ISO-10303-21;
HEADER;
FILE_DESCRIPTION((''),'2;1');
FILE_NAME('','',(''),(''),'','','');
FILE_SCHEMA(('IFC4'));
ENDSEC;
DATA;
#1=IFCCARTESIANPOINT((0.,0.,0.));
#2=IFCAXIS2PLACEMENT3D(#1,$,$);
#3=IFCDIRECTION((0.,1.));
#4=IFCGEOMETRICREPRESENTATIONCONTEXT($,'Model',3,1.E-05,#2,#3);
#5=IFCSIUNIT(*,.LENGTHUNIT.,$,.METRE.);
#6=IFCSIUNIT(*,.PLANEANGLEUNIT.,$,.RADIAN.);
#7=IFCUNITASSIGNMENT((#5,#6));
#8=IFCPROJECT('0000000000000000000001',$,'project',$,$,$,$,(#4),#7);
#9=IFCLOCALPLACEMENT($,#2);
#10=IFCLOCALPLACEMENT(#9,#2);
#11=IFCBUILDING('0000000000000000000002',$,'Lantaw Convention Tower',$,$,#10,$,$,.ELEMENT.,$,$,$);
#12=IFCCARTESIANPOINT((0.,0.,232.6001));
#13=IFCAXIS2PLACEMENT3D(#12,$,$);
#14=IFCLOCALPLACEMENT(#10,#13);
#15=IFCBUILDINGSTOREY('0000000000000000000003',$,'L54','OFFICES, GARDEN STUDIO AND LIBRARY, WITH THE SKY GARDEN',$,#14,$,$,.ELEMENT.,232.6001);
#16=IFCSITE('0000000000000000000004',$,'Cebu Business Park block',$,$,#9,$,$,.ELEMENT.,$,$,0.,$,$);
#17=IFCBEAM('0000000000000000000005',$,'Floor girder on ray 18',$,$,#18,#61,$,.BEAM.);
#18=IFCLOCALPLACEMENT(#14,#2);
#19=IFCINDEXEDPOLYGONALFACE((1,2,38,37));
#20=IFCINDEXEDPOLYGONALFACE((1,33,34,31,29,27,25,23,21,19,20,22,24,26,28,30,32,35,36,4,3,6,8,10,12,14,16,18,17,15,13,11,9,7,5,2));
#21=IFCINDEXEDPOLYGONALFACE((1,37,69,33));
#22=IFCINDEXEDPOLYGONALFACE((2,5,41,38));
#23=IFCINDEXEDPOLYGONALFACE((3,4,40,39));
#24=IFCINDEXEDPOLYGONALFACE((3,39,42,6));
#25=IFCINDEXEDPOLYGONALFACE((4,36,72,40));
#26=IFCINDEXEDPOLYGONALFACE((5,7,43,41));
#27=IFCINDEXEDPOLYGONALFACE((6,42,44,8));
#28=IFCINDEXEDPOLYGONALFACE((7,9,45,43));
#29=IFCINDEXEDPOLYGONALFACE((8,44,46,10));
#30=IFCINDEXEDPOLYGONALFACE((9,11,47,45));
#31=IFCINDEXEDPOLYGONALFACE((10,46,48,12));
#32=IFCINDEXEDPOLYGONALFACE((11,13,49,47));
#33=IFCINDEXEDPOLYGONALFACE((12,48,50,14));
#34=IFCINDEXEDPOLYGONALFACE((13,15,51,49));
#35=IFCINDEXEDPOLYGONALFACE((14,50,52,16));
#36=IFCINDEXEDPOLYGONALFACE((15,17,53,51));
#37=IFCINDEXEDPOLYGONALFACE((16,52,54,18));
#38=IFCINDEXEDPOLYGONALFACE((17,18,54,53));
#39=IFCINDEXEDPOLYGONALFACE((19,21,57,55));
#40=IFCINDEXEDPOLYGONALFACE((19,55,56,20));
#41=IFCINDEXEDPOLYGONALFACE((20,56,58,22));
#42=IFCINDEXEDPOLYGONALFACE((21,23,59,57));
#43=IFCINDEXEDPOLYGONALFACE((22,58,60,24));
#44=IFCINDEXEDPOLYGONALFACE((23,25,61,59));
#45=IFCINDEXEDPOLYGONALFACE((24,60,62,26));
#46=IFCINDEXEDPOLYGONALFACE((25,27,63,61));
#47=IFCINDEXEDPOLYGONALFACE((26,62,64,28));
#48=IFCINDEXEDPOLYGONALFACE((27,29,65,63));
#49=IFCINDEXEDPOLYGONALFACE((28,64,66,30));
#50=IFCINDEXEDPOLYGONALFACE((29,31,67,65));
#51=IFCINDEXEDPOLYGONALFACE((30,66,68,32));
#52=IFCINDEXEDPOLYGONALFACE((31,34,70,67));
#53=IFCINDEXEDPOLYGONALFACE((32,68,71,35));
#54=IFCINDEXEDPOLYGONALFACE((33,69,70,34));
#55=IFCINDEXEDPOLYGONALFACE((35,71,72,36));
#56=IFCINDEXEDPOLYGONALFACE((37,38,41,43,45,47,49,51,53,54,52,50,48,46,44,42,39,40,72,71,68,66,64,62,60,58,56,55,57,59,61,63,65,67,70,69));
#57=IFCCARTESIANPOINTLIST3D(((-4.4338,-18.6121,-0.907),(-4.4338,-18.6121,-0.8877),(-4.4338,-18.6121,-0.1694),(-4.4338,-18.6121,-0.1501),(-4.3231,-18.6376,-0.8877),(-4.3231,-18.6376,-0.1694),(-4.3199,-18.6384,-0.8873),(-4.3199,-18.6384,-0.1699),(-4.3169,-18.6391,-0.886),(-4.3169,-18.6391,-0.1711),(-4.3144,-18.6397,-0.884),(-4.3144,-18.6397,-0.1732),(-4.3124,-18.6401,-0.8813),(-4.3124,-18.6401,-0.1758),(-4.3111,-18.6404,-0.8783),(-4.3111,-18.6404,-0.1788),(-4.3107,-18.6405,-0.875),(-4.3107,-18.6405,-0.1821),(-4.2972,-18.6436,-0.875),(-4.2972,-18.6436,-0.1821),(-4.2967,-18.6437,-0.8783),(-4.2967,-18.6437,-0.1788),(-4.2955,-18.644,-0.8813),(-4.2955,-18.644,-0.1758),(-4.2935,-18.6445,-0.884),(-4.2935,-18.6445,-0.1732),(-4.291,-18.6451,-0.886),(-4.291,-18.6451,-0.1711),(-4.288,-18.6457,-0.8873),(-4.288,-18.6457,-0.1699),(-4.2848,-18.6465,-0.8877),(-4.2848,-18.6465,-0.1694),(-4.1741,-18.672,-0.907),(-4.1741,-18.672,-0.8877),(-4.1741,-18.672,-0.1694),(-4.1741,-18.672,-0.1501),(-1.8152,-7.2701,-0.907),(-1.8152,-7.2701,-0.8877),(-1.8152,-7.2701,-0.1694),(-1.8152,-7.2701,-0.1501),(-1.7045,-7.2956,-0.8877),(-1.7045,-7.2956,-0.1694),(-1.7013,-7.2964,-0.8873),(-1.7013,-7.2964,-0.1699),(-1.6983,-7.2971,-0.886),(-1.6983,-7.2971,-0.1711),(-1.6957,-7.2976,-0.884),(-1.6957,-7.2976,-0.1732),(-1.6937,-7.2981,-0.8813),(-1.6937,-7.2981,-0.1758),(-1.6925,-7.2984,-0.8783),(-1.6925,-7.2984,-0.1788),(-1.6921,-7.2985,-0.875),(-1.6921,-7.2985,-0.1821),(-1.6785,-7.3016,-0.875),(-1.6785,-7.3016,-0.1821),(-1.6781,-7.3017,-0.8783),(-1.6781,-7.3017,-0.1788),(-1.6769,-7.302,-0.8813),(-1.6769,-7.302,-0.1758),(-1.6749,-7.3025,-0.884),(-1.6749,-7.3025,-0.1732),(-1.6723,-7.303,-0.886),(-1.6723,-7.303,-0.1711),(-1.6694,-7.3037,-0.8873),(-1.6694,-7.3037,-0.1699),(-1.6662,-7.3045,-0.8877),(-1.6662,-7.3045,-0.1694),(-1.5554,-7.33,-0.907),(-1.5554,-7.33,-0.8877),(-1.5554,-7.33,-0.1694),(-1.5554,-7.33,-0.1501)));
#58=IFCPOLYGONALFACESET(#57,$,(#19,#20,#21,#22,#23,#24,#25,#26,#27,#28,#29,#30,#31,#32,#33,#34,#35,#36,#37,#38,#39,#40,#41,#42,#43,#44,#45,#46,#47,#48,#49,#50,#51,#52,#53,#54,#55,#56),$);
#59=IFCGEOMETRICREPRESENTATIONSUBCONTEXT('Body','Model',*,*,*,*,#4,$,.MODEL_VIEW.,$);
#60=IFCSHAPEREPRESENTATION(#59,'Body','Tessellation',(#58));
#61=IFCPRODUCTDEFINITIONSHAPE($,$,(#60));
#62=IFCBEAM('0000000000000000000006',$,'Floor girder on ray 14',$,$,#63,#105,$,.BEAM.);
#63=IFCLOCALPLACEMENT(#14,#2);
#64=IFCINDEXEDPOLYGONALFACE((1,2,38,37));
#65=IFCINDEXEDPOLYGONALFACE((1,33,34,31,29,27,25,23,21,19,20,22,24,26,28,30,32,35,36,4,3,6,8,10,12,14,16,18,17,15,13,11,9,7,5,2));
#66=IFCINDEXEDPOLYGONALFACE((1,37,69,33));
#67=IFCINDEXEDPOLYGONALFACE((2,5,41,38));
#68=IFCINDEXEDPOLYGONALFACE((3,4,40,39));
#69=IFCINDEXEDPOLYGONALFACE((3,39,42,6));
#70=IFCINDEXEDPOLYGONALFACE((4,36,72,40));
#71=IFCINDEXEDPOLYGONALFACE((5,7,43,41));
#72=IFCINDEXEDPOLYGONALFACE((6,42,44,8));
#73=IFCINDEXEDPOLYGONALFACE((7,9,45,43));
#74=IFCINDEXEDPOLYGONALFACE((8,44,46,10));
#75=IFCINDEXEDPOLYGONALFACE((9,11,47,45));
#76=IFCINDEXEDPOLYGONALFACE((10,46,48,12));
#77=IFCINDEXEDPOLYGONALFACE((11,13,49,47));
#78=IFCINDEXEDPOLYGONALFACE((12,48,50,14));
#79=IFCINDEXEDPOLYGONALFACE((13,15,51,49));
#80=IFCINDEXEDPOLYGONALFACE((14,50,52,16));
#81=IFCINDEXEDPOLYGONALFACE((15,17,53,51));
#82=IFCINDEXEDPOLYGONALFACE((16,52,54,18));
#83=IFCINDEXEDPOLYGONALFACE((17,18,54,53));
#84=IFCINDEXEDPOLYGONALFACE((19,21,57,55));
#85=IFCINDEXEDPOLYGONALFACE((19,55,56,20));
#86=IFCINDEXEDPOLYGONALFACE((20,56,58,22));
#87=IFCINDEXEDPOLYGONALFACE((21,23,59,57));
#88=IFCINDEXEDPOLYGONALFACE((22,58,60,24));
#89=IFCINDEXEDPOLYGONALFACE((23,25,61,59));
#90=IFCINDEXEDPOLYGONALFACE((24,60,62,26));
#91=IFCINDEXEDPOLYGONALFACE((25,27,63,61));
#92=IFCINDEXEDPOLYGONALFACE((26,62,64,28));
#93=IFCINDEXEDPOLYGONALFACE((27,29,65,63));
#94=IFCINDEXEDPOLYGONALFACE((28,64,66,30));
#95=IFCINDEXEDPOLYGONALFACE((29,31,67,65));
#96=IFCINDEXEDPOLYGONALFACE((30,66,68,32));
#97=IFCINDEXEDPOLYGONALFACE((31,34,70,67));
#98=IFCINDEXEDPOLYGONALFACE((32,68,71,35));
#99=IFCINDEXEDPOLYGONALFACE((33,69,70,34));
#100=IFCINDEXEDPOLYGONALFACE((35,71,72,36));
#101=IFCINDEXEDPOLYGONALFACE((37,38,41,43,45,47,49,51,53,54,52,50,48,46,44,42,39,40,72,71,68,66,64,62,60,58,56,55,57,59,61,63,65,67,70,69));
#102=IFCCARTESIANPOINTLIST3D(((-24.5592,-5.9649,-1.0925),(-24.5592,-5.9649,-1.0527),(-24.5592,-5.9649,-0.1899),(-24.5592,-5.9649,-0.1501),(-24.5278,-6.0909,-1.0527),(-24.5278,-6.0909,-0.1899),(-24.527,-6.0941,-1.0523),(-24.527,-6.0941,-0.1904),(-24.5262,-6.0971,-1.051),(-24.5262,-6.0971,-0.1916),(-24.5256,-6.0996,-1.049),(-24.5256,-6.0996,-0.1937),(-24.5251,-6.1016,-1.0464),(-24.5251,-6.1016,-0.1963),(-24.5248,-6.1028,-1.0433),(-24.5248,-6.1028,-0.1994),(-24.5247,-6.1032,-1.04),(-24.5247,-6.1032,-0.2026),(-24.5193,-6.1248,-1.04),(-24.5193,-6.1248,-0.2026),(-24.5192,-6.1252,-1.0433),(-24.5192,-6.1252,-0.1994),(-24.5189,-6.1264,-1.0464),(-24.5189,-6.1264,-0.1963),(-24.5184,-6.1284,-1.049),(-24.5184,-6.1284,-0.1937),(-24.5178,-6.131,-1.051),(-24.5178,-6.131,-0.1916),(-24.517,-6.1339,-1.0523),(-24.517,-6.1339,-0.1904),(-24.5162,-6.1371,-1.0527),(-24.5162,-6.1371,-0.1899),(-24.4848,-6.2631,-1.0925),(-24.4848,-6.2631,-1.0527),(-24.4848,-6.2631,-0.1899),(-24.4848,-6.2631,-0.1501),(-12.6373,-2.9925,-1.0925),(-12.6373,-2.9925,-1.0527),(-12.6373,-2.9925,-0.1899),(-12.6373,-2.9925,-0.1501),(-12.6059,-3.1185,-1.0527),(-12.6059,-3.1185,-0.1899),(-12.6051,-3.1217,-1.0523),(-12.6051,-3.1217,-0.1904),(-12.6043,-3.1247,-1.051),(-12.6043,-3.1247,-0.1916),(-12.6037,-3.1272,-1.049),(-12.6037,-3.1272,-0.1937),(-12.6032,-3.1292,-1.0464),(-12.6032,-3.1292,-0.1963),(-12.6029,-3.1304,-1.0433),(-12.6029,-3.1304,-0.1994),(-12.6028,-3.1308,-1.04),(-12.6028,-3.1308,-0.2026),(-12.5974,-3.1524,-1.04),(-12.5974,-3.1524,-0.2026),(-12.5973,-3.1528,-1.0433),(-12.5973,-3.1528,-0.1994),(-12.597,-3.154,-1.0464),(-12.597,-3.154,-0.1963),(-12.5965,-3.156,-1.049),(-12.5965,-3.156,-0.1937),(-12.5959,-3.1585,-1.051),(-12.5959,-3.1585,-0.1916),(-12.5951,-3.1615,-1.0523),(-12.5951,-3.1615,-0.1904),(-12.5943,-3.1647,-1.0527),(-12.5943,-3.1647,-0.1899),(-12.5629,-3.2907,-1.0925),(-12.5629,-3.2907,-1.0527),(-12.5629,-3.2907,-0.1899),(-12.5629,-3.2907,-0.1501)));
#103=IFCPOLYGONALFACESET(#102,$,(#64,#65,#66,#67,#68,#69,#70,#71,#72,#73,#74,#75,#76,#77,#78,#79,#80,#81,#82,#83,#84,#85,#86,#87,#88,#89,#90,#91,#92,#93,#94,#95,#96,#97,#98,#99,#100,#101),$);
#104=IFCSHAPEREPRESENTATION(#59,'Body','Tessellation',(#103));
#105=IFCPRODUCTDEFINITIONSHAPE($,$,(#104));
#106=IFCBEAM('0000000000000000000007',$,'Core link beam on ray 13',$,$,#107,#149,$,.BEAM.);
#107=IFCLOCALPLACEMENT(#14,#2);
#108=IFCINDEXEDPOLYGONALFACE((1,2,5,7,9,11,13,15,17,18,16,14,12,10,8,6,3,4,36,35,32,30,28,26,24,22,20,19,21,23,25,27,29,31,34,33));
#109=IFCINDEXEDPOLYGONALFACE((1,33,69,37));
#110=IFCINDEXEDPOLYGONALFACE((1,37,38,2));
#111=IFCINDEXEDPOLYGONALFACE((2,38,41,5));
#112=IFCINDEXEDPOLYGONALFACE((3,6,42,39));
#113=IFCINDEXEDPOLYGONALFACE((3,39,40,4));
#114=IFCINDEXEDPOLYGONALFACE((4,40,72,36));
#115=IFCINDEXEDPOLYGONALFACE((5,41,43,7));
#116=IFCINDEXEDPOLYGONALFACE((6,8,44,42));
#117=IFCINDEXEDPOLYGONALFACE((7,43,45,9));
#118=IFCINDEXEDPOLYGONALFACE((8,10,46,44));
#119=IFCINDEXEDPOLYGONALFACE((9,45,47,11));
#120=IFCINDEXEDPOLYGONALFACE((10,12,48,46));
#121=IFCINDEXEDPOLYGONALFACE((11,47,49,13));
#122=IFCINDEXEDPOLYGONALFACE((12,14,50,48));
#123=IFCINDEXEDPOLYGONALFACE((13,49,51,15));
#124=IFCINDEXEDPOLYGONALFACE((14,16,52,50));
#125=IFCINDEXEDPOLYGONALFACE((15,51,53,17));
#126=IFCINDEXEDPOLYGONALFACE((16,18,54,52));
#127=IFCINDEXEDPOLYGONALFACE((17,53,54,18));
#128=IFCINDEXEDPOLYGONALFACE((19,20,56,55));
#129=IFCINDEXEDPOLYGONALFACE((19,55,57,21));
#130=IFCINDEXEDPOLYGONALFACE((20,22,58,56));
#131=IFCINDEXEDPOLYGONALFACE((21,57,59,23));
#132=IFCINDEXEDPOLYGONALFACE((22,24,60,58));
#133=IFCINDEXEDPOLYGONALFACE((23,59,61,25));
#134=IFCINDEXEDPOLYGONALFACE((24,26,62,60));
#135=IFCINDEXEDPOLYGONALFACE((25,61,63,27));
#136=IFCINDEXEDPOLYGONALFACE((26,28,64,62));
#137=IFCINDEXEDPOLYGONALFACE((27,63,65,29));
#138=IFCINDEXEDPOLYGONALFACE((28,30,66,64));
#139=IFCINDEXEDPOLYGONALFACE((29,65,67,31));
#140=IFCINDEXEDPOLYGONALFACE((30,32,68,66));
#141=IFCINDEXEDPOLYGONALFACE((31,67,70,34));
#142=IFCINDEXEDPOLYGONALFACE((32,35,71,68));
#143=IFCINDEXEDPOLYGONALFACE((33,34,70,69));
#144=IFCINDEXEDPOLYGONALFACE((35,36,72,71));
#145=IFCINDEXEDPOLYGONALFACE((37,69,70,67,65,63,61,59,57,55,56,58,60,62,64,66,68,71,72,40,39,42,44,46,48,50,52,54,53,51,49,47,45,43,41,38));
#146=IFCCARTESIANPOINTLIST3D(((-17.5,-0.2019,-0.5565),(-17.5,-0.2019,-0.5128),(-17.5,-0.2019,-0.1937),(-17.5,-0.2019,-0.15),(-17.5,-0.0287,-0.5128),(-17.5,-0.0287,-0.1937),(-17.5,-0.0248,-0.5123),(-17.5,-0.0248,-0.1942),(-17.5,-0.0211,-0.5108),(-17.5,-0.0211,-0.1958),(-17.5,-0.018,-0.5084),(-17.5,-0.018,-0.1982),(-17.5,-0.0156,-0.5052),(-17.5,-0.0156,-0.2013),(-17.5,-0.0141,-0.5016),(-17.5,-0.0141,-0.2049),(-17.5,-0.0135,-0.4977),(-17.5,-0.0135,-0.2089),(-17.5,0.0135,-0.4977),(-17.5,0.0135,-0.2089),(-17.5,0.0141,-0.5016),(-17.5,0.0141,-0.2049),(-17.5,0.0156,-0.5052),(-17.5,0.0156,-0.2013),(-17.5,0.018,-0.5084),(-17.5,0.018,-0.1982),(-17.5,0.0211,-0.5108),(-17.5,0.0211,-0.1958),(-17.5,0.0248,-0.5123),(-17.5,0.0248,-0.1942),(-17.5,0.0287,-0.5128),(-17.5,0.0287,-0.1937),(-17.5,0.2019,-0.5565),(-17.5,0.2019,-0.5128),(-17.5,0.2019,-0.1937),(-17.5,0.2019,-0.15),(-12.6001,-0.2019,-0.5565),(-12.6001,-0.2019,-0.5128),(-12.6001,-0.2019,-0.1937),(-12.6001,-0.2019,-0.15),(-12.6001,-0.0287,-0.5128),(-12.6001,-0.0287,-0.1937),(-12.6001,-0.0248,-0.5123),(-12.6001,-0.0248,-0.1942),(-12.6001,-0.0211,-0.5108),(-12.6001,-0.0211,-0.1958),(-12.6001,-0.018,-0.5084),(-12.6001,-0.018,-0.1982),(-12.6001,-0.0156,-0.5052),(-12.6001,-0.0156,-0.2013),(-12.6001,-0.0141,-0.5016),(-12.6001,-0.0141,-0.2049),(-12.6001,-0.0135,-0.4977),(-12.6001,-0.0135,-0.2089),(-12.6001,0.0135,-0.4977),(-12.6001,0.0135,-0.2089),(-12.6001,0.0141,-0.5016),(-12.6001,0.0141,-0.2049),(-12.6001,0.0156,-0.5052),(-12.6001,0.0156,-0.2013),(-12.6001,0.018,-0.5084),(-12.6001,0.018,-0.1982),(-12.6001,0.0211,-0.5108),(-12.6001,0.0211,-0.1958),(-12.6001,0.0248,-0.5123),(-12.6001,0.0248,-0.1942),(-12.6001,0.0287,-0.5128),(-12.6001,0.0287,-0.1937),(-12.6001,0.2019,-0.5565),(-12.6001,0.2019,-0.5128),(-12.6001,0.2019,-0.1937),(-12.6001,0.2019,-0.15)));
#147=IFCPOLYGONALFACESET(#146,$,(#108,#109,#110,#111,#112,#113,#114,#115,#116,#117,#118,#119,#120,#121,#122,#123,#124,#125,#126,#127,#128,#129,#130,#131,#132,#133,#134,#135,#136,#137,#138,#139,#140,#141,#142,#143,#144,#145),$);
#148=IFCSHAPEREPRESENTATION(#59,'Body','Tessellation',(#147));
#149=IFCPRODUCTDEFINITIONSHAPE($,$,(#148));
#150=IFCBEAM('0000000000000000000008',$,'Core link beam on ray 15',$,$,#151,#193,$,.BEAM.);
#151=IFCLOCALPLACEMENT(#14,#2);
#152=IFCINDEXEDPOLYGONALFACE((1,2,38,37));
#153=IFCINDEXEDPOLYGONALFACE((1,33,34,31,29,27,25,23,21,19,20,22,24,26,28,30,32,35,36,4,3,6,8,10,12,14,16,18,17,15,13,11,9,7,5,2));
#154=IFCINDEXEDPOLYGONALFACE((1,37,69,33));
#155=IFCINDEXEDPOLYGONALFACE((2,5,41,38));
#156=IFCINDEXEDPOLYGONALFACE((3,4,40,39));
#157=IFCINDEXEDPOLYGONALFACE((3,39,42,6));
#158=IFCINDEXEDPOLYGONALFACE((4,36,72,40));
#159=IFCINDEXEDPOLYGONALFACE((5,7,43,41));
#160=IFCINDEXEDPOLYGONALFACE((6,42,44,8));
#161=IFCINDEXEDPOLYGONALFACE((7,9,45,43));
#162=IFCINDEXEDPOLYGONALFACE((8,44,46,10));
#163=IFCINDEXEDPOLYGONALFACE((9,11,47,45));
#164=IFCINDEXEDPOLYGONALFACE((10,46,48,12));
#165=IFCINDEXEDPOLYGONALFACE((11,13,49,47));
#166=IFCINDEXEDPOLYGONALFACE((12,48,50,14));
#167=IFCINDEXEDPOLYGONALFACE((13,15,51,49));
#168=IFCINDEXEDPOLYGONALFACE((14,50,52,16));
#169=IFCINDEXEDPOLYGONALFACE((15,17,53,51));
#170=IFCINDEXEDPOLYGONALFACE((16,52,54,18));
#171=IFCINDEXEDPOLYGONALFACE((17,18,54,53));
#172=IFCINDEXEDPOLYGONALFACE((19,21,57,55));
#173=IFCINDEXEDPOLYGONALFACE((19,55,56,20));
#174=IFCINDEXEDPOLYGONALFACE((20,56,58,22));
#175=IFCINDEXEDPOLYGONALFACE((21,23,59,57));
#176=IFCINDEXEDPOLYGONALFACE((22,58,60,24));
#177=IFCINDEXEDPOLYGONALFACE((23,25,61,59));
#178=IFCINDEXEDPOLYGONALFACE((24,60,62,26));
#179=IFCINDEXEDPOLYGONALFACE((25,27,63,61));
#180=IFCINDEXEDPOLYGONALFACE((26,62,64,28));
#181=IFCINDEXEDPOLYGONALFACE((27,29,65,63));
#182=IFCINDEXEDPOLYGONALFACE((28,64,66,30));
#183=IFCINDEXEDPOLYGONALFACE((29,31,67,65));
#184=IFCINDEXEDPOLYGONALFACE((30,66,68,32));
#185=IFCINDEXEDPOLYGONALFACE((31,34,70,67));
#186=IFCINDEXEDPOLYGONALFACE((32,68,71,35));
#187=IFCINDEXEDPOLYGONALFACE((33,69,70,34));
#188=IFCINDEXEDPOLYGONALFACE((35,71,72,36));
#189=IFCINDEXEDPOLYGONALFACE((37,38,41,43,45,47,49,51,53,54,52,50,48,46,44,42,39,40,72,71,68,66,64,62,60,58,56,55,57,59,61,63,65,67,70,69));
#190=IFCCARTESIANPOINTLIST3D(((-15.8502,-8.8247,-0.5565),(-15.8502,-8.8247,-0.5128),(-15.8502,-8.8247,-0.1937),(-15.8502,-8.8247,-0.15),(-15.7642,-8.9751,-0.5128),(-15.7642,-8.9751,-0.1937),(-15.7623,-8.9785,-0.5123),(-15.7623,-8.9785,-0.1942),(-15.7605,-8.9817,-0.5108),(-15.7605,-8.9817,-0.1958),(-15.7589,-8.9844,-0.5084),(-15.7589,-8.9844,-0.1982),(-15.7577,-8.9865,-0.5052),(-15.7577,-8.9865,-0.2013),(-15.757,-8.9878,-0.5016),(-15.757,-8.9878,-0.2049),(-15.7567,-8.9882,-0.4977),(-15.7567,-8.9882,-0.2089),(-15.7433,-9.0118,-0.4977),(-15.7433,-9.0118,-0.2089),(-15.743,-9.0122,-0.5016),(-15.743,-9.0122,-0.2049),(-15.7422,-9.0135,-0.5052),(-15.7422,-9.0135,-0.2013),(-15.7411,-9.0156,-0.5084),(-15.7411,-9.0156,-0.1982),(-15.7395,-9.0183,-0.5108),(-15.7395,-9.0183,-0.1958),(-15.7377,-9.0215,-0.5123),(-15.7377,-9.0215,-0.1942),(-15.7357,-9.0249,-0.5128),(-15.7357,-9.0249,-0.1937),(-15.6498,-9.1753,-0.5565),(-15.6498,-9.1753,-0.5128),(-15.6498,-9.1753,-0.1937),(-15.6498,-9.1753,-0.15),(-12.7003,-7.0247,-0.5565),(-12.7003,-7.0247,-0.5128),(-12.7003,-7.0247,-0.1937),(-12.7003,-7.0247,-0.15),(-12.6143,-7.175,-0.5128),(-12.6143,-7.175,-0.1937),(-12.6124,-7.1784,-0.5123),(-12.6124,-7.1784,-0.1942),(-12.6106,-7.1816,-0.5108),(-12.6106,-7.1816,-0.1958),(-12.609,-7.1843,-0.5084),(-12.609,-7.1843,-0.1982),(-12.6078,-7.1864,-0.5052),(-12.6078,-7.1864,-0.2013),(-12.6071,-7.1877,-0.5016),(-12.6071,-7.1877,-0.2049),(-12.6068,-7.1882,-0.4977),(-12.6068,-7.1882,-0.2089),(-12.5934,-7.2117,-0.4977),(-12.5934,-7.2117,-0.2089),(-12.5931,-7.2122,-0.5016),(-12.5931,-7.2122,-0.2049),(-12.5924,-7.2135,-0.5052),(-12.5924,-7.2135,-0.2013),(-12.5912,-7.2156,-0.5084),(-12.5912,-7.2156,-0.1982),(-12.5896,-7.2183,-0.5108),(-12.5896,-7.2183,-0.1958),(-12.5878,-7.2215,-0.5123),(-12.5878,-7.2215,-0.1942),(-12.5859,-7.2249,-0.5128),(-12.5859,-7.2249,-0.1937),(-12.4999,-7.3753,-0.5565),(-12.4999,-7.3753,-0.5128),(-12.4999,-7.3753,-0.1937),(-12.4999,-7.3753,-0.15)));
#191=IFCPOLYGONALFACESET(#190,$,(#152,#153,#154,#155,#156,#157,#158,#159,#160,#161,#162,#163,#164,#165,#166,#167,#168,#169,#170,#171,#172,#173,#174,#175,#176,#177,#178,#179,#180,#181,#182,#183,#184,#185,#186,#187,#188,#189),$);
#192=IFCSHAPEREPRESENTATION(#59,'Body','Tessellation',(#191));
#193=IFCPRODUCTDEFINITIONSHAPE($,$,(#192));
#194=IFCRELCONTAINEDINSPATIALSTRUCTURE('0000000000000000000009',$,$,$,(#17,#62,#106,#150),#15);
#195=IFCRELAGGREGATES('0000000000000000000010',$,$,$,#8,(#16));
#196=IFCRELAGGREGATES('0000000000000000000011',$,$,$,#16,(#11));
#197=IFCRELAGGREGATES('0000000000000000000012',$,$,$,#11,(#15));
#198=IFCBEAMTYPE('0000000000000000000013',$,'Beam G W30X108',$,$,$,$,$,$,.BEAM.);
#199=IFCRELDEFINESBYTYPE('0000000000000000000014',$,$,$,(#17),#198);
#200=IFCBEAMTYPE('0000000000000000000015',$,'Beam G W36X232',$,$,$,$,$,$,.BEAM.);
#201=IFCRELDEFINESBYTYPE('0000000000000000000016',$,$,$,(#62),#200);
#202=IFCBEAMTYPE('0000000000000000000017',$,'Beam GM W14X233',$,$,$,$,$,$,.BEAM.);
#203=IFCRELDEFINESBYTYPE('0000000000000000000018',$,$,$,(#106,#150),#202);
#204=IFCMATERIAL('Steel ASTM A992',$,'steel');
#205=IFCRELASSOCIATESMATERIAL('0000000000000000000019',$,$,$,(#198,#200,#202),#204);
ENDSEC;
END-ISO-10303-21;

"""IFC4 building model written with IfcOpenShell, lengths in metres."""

from ifc_helpers import new_model, si_unit, direction, frame, origin, origin_2d, place, context, subcontext, project, spatial, i_section, extrude, material, material_profile, profile_set, type_object, element, save


model = new_model("IFC4")

# Units and contexts
model_context = context("Model", 3, precision=1e-05, world=origin(), true_north=direction((0.0, 1.0)))
body_context = subcontext(model_context, "Body", "Model", "MODEL_VIEW")
ifc_project = project(units=[si_unit("LENGTHUNIT", "METRE"), si_unit("PLANEANGLEUNIT", "RADIAN")], contexts=[model_context])

# Site, building, storey
site_placement = place(None, origin())
site = spatial("IfcSite", under=ifc_project, at=site_placement, Name="Cebu Business Park block", CompositionType="ELEMENT", RefElevation=0.0)
building_placement = place(site_placement, origin())
building = spatial("IfcBuilding", under=site, at=building_placement, Name="Lantaw Convention Tower", CompositionType="ELEMENT")
storey_placement = place(building_placement, frame((0.0, 0.0, 232.6001)))
storey = spatial("IfcBuildingStorey", under=building, at=storey_placement, Name="L54", Description="OFFICES, GARDEN STUDIO AND LIBRARY, WITH THE SKY GARDEN", CompositionType="ELEMENT", Elevation=232.6001)

# Beams
ifc_material_1 = material(Name="Steel ASTM A992", Category="steel")
ifc_material_profile_1 = material_profile(ifc_material_1, i_section(OverallWidth=0.2666, OverallDepth=0.7568, WebThickness=0.0139, FlangeThickness=0.0193, FilletRadius=0.0127, at=origin_2d()), Name="W30X108")
ifc_profile_set_1 = profile_set([ifc_material_profile_1], Name="Steel ASTM A992")
beam_type_1 = type_object("IfcBeamType", Name="Beam G W30X108", PredefinedType="BEAM", material=ifc_profile_set_1)
beam_1_placement = place(storey_placement, frame((-1.6853, -7.3, -0.5286), z_axis=(-0.224962, -0.974368, 0.0), x_axis=(0.974368, -0.224962, 0.0)))
element("IfcBeam", 1, at=beam_1_placement, inside=storey, type_object=beam_type_1, Name="Floor girder on ray 18", PredefinedType="BEAM", context=body_context, shape_type="SweptSolid", body=[
    extrude(i_section(OverallWidth=0.2666, OverallDepth=0.7568, WebThickness=0.0139, FlangeThickness=0.0193, FilletRadius=0.0127, at=origin_2d()), origin(), (0.0, 0.0, 1.0), 11.6404),
])
ifc_material_profile_2 = material_profile(ifc_material_1, i_section(OverallWidth=0.3074, OverallDepth=0.9424, WebThickness=0.0222, FlangeThickness=0.0398, FilletRadius=0.0127, at=origin_2d()), Name="W36X232")
ifc_profile_set_2 = profile_set([ifc_material_profile_2], Name="Steel ASTM A992")
beam_type_2 = type_object("IfcBeamType", Name="Beam G W36X232", PredefinedType="BEAM", material=ifc_profile_set_2)
beam_2_placement = place(storey_placement, frame((-12.6001, -3.1416, -0.6213), z_axis=(-0.970297, -0.241918, 0.0), x_axis=(0.241918, -0.970297, 0.0)))
element("IfcBeam", 2, at=beam_2_placement, inside=storey, type_object=beam_type_2, Name="Floor girder on ray 14", PredefinedType="BEAM", context=body_context, shape_type="SweptSolid", body=[
    extrude(i_section(OverallWidth=0.3074, OverallDepth=0.9424, WebThickness=0.0222, FlangeThickness=0.0398, FilletRadius=0.0127, at=origin_2d()), origin(), (0.0, 0.0, 1.0), 12.2869),
])
ifc_material_profile_3 = material_profile(ifc_material_1, i_section(OverallWidth=0.4038, OverallDepth=0.4065, WebThickness=0.0271, FlangeThickness=0.0437, FilletRadius=0.0151, at=origin_2d()), Name="W14X233")
ifc_profile_set_3 = profile_set([ifc_material_profile_3], Name="Steel ASTM A992")
beam_type_3 = type_object("IfcBeamType", Name="Beam GM W14X233", PredefinedType="BEAM", material=ifc_profile_set_3)
beam_3_placement = place(storey_placement, frame((-12.6001, 0.0, -0.3533), z_axis=(-1.0, 0.0, 0.0), x_axis=(0.0, -1.0, 0.0)))
element("IfcBeam", 3, at=beam_3_placement, inside=storey, type_object=beam_type_3, Name="Core link beam on ray 13", PredefinedType="BEAM", context=body_context, shape_type="SweptSolid", body=[
    extrude(i_section(OverallWidth=0.4038, OverallDepth=0.4065, WebThickness=0.0271, FlangeThickness=0.0437, FilletRadius=0.0151, at=origin_2d()), origin(), (0.0, 0.0, 1.0), 4.8999),
])
beam_4_placement = place(storey_placement, frame((-12.6001, -7.2, -0.3533), z_axis=(-0.868231, -0.496161, 0.0), x_axis=(0.496161, -0.868231, 0.0)))
element("IfcBeam", 4, at=beam_4_placement, inside=storey, type_object=beam_type_3, Name="Core link beam on ray 15", PredefinedType="BEAM", context=body_context, shape_type="SweptSolid", body=[
    extrude(i_section(OverallWidth=0.4038, OverallDepth=0.4065, WebThickness=0.0271, FlangeThickness=0.0437, FilletRadius=0.0151, at=origin_2d()), origin(), (0.0, 0.0, 1.0), 3.6279),
])

save(model, "model.ifc")
